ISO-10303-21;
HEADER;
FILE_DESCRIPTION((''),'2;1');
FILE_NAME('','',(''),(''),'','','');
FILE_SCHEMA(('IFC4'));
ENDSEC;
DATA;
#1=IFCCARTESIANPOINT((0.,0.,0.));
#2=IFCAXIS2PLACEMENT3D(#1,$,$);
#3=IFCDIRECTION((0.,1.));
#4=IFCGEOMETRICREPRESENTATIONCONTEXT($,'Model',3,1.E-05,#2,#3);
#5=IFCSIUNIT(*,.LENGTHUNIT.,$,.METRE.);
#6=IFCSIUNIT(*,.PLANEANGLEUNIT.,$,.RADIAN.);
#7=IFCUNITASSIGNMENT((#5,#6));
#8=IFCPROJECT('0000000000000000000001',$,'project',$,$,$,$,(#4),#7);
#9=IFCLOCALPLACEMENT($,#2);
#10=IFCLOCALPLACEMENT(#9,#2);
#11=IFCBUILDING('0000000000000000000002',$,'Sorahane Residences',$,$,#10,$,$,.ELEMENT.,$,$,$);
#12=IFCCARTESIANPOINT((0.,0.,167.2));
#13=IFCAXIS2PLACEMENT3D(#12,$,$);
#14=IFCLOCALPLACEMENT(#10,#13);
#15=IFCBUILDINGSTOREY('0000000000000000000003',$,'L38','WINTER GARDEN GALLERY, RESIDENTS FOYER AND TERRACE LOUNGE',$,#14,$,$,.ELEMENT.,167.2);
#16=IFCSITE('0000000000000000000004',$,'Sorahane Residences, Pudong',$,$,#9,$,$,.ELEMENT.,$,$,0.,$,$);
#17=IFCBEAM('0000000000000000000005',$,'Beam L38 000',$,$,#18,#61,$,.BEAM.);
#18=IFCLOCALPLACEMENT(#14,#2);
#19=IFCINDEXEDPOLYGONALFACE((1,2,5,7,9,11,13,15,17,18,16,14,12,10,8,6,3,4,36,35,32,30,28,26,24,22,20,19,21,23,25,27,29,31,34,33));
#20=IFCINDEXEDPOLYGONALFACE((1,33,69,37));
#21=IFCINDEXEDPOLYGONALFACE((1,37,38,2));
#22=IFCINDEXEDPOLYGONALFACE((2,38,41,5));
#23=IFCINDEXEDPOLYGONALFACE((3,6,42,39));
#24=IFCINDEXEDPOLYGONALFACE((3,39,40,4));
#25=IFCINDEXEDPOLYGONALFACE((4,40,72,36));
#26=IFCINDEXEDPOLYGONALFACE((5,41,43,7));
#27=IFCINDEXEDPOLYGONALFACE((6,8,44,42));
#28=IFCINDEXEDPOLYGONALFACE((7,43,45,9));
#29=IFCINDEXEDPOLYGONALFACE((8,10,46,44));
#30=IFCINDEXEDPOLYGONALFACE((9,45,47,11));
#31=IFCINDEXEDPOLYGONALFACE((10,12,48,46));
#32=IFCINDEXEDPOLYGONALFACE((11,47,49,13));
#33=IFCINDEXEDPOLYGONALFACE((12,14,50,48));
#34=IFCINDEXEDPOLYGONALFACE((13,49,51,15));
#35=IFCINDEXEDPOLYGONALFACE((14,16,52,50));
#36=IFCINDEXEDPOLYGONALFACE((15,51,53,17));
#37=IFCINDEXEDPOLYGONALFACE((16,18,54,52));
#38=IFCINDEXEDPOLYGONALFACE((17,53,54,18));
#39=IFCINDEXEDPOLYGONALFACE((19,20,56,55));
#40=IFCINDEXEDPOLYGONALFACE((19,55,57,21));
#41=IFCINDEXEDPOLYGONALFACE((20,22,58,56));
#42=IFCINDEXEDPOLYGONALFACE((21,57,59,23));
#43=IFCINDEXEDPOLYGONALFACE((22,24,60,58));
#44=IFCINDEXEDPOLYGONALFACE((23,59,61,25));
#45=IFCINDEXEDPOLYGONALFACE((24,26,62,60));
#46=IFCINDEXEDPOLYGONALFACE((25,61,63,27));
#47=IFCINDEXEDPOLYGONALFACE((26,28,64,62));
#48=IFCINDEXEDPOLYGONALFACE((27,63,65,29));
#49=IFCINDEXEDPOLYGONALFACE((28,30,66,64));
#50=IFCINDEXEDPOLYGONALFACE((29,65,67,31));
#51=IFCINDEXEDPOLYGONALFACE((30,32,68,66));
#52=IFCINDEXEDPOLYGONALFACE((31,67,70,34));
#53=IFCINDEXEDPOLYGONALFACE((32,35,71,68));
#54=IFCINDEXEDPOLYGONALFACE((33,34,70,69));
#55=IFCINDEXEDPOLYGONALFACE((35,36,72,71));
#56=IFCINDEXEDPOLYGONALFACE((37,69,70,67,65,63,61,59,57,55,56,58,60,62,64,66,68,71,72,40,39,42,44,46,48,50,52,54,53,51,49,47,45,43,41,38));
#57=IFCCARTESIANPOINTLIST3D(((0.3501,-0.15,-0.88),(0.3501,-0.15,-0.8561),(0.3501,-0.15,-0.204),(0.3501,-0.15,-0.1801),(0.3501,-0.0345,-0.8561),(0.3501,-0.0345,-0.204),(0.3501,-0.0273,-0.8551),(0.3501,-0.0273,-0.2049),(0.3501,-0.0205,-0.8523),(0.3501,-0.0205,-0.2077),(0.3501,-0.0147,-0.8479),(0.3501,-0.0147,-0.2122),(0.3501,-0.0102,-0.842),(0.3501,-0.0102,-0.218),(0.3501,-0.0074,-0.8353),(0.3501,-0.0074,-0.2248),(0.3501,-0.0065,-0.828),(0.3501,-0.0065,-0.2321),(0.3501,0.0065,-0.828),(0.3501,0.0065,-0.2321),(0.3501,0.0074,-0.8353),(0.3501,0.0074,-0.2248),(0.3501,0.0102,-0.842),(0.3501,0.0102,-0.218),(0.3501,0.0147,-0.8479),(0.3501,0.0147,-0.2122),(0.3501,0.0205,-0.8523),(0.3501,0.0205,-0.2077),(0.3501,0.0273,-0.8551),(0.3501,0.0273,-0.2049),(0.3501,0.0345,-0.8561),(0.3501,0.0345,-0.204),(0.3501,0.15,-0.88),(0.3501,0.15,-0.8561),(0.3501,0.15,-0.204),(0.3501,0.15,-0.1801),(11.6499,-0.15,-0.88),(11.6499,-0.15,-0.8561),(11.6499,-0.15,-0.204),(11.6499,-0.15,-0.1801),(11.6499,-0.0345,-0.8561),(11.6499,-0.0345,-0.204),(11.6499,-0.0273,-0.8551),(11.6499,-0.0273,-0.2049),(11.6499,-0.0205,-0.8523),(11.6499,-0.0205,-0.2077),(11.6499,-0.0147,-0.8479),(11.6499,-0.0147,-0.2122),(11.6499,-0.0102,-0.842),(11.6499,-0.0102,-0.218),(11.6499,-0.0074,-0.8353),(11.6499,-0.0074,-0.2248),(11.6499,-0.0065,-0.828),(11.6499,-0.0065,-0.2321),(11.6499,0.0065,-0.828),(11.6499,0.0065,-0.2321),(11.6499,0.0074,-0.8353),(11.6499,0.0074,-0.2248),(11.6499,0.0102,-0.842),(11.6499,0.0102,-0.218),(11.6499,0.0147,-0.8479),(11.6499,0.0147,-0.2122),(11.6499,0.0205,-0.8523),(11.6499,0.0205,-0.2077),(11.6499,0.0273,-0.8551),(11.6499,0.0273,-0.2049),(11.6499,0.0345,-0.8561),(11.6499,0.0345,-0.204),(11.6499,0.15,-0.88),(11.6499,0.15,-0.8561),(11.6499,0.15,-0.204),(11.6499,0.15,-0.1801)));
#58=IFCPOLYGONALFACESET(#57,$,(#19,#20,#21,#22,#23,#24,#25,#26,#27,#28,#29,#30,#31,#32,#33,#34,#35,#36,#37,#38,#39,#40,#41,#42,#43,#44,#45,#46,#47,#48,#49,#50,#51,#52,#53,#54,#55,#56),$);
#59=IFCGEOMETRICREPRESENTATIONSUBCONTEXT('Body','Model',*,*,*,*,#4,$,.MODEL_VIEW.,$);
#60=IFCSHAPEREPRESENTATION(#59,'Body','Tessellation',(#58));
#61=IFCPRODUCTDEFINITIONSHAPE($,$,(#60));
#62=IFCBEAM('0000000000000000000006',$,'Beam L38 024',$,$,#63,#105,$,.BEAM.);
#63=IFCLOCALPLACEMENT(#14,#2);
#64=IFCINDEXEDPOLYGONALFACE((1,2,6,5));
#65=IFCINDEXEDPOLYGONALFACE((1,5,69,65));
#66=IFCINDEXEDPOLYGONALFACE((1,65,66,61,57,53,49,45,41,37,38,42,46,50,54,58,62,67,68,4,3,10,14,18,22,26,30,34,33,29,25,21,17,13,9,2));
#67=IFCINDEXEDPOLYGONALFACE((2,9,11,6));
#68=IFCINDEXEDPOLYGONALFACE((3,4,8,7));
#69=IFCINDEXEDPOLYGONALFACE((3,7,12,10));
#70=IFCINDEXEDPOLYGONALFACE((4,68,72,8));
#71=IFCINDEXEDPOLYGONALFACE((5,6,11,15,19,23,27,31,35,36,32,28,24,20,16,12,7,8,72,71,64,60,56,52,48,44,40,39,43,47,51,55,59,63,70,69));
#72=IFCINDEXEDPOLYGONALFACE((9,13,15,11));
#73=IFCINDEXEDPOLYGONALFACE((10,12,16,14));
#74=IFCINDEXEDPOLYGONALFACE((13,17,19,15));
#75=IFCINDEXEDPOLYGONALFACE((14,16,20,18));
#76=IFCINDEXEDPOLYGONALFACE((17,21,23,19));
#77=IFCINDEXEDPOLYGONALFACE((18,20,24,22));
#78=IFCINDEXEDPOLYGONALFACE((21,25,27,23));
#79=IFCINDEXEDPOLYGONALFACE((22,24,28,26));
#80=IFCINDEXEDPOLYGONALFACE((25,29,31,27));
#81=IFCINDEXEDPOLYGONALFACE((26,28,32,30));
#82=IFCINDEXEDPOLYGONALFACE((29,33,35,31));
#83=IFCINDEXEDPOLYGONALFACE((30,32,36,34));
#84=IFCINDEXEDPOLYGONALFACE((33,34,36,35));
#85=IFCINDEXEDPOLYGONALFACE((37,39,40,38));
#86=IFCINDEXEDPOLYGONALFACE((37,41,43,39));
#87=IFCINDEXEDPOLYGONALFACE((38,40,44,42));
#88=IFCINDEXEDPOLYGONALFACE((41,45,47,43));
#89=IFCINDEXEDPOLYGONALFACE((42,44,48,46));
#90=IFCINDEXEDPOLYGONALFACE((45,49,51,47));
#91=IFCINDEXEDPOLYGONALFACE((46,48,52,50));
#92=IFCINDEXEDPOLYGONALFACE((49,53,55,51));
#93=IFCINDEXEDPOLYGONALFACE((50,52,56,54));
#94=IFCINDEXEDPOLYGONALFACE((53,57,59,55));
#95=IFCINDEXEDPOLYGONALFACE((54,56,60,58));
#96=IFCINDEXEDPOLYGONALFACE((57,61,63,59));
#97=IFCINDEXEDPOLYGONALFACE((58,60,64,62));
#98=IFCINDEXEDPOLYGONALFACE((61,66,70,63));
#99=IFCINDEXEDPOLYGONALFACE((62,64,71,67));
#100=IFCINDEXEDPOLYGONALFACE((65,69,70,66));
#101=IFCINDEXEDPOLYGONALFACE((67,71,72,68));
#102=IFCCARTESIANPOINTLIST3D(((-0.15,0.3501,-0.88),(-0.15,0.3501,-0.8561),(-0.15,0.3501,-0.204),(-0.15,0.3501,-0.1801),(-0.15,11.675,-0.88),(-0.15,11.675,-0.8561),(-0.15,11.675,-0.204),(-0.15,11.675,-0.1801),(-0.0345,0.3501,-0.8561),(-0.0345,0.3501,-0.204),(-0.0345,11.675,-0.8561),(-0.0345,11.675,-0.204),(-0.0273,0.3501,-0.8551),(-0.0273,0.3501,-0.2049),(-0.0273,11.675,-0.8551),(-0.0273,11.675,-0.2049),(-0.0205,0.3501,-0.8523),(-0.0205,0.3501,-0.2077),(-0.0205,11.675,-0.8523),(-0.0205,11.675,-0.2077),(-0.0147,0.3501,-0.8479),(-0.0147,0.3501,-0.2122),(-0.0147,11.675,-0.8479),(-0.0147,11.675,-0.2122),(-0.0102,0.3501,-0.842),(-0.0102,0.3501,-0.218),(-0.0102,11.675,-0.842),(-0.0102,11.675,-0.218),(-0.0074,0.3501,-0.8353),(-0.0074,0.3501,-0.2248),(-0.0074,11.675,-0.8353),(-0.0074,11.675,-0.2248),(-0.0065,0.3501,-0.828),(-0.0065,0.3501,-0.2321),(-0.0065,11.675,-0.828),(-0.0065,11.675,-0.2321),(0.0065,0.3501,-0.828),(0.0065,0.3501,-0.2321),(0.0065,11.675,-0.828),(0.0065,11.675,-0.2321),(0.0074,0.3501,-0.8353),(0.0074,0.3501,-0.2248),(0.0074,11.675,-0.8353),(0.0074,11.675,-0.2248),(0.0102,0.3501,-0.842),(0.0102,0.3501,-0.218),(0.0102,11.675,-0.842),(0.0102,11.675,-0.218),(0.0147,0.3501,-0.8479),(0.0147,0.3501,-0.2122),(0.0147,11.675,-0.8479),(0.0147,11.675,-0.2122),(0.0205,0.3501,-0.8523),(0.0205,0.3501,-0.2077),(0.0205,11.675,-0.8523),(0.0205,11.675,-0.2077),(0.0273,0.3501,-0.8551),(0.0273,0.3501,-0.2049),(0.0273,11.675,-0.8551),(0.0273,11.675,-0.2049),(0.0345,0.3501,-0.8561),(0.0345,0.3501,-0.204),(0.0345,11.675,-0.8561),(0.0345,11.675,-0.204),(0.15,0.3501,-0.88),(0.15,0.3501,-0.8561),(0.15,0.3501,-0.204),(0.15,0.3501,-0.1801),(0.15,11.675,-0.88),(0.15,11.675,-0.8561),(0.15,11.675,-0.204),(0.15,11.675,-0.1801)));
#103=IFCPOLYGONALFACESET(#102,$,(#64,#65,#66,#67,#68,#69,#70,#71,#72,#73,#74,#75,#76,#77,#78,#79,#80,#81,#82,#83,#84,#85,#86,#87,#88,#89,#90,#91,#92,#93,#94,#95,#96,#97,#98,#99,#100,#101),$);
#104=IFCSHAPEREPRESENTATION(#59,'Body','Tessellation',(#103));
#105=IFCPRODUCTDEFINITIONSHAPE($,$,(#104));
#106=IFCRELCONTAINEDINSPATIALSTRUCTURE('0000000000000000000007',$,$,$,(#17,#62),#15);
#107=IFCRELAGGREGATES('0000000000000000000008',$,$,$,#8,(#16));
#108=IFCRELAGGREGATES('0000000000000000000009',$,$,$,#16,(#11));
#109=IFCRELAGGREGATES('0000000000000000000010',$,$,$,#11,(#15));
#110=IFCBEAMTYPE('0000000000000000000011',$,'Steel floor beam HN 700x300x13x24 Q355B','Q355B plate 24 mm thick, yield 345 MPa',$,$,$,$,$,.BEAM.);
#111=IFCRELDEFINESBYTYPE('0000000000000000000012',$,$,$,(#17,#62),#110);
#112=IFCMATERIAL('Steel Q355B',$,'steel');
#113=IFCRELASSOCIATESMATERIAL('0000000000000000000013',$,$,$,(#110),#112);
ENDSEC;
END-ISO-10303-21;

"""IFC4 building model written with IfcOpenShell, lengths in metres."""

from ifc_helpers import new_model, si_unit, direction, frame, origin, origin_2d, place, context, subcontext, project, spatial, i_section, extrude, material, material_profile, profile_set, type_object, element, save


model = new_model("IFC4")

# Units and contexts
model_context = context("Model", 3, precision=1e-05, world=origin(), true_north=direction((0.0, 1.0)))
body_context = subcontext(model_context, "Body", "Model", "MODEL_VIEW")
ifc_project = project(units=[si_unit("LENGTHUNIT", "METRE"), si_unit("PLANEANGLEUNIT", "RADIAN")], contexts=[model_context])

# Site, building, storey
site_placement = place(None, origin())
site = spatial("IfcSite", under=ifc_project, at=site_placement, Name="Sorahane Residences, Pudong", CompositionType="ELEMENT", RefElevation=0.0)
building_placement = place(site_placement, origin())
building = spatial("IfcBuilding", under=site, at=building_placement, Name="Sorahane Residences", CompositionType="ELEMENT")
storey_placement = place(building_placement, frame((0.0, 0.0, 167.2)))
storey = spatial("IfcBuildingStorey", under=building, at=storey_placement, Name="L38", Description="WINTER GARDEN GALLERY, RESIDENTS FOYER AND TERRACE LOUNGE", CompositionType="ELEMENT", Elevation=167.2)

# Beams
ifc_material_1 = material(Name="Steel Q355B", Category="steel")
ifc_material_profile_1 = material_profile(ifc_material_1, i_section(OverallWidth=0.3, OverallDepth=0.7, WebThickness=0.0129, FlangeThickness=0.0239, FilletRadius=0.0281, at=origin_2d()), Name="HN 700x300x13x24")
ifc_profile_set_1 = profile_set([ifc_material_profile_1], Name="Steel Q355B")
beam_type_1 = type_object("IfcBeamType", Name="Steel floor beam HN 700x300x13x24 Q355B", Description="Q355B plate 24 mm thick, yield 345 MPa", PredefinedType="BEAM", material=ifc_profile_set_1)
beam_1_placement = place(storey_placement, frame((0.3501, 0.0, -0.53), z_axis=(1.0, 0.0, 0.0), x_axis=(0.0, 1.0, 0.0)))
element("IfcBeam", 1, at=beam_1_placement, inside=storey, type_object=beam_type_1, Name="Beam L38 000", PredefinedType="BEAM", context=body_context, shape_type="SweptSolid", body=[
    extrude(i_section(OverallWidth=0.3, OverallDepth=0.7, WebThickness=0.0129, FlangeThickness=0.0239, FilletRadius=0.0281, at=origin_2d()), origin(), (0.0, 0.0, 1.0), 11.2998),
])
beam_2_placement = place(storey_placement, frame((0.0, 0.3501, -0.53), z_axis=(0.0, 1.0, 0.0), x_axis=(-1.0, 0.0, 0.0)))
element("IfcBeam", 2, at=beam_2_placement, inside=storey, type_object=beam_type_1, Name="Beam L38 024", PredefinedType="BEAM", context=body_context, shape_type="SweptSolid", body=[
    extrude(i_section(OverallWidth=0.3, OverallDepth=0.7, WebThickness=0.0129, FlangeThickness=0.0239, FilletRadius=0.0281, at=origin_2d()), origin(), (0.0, 0.0, 1.0), 11.325),
])

save(model, "model.ifc")
